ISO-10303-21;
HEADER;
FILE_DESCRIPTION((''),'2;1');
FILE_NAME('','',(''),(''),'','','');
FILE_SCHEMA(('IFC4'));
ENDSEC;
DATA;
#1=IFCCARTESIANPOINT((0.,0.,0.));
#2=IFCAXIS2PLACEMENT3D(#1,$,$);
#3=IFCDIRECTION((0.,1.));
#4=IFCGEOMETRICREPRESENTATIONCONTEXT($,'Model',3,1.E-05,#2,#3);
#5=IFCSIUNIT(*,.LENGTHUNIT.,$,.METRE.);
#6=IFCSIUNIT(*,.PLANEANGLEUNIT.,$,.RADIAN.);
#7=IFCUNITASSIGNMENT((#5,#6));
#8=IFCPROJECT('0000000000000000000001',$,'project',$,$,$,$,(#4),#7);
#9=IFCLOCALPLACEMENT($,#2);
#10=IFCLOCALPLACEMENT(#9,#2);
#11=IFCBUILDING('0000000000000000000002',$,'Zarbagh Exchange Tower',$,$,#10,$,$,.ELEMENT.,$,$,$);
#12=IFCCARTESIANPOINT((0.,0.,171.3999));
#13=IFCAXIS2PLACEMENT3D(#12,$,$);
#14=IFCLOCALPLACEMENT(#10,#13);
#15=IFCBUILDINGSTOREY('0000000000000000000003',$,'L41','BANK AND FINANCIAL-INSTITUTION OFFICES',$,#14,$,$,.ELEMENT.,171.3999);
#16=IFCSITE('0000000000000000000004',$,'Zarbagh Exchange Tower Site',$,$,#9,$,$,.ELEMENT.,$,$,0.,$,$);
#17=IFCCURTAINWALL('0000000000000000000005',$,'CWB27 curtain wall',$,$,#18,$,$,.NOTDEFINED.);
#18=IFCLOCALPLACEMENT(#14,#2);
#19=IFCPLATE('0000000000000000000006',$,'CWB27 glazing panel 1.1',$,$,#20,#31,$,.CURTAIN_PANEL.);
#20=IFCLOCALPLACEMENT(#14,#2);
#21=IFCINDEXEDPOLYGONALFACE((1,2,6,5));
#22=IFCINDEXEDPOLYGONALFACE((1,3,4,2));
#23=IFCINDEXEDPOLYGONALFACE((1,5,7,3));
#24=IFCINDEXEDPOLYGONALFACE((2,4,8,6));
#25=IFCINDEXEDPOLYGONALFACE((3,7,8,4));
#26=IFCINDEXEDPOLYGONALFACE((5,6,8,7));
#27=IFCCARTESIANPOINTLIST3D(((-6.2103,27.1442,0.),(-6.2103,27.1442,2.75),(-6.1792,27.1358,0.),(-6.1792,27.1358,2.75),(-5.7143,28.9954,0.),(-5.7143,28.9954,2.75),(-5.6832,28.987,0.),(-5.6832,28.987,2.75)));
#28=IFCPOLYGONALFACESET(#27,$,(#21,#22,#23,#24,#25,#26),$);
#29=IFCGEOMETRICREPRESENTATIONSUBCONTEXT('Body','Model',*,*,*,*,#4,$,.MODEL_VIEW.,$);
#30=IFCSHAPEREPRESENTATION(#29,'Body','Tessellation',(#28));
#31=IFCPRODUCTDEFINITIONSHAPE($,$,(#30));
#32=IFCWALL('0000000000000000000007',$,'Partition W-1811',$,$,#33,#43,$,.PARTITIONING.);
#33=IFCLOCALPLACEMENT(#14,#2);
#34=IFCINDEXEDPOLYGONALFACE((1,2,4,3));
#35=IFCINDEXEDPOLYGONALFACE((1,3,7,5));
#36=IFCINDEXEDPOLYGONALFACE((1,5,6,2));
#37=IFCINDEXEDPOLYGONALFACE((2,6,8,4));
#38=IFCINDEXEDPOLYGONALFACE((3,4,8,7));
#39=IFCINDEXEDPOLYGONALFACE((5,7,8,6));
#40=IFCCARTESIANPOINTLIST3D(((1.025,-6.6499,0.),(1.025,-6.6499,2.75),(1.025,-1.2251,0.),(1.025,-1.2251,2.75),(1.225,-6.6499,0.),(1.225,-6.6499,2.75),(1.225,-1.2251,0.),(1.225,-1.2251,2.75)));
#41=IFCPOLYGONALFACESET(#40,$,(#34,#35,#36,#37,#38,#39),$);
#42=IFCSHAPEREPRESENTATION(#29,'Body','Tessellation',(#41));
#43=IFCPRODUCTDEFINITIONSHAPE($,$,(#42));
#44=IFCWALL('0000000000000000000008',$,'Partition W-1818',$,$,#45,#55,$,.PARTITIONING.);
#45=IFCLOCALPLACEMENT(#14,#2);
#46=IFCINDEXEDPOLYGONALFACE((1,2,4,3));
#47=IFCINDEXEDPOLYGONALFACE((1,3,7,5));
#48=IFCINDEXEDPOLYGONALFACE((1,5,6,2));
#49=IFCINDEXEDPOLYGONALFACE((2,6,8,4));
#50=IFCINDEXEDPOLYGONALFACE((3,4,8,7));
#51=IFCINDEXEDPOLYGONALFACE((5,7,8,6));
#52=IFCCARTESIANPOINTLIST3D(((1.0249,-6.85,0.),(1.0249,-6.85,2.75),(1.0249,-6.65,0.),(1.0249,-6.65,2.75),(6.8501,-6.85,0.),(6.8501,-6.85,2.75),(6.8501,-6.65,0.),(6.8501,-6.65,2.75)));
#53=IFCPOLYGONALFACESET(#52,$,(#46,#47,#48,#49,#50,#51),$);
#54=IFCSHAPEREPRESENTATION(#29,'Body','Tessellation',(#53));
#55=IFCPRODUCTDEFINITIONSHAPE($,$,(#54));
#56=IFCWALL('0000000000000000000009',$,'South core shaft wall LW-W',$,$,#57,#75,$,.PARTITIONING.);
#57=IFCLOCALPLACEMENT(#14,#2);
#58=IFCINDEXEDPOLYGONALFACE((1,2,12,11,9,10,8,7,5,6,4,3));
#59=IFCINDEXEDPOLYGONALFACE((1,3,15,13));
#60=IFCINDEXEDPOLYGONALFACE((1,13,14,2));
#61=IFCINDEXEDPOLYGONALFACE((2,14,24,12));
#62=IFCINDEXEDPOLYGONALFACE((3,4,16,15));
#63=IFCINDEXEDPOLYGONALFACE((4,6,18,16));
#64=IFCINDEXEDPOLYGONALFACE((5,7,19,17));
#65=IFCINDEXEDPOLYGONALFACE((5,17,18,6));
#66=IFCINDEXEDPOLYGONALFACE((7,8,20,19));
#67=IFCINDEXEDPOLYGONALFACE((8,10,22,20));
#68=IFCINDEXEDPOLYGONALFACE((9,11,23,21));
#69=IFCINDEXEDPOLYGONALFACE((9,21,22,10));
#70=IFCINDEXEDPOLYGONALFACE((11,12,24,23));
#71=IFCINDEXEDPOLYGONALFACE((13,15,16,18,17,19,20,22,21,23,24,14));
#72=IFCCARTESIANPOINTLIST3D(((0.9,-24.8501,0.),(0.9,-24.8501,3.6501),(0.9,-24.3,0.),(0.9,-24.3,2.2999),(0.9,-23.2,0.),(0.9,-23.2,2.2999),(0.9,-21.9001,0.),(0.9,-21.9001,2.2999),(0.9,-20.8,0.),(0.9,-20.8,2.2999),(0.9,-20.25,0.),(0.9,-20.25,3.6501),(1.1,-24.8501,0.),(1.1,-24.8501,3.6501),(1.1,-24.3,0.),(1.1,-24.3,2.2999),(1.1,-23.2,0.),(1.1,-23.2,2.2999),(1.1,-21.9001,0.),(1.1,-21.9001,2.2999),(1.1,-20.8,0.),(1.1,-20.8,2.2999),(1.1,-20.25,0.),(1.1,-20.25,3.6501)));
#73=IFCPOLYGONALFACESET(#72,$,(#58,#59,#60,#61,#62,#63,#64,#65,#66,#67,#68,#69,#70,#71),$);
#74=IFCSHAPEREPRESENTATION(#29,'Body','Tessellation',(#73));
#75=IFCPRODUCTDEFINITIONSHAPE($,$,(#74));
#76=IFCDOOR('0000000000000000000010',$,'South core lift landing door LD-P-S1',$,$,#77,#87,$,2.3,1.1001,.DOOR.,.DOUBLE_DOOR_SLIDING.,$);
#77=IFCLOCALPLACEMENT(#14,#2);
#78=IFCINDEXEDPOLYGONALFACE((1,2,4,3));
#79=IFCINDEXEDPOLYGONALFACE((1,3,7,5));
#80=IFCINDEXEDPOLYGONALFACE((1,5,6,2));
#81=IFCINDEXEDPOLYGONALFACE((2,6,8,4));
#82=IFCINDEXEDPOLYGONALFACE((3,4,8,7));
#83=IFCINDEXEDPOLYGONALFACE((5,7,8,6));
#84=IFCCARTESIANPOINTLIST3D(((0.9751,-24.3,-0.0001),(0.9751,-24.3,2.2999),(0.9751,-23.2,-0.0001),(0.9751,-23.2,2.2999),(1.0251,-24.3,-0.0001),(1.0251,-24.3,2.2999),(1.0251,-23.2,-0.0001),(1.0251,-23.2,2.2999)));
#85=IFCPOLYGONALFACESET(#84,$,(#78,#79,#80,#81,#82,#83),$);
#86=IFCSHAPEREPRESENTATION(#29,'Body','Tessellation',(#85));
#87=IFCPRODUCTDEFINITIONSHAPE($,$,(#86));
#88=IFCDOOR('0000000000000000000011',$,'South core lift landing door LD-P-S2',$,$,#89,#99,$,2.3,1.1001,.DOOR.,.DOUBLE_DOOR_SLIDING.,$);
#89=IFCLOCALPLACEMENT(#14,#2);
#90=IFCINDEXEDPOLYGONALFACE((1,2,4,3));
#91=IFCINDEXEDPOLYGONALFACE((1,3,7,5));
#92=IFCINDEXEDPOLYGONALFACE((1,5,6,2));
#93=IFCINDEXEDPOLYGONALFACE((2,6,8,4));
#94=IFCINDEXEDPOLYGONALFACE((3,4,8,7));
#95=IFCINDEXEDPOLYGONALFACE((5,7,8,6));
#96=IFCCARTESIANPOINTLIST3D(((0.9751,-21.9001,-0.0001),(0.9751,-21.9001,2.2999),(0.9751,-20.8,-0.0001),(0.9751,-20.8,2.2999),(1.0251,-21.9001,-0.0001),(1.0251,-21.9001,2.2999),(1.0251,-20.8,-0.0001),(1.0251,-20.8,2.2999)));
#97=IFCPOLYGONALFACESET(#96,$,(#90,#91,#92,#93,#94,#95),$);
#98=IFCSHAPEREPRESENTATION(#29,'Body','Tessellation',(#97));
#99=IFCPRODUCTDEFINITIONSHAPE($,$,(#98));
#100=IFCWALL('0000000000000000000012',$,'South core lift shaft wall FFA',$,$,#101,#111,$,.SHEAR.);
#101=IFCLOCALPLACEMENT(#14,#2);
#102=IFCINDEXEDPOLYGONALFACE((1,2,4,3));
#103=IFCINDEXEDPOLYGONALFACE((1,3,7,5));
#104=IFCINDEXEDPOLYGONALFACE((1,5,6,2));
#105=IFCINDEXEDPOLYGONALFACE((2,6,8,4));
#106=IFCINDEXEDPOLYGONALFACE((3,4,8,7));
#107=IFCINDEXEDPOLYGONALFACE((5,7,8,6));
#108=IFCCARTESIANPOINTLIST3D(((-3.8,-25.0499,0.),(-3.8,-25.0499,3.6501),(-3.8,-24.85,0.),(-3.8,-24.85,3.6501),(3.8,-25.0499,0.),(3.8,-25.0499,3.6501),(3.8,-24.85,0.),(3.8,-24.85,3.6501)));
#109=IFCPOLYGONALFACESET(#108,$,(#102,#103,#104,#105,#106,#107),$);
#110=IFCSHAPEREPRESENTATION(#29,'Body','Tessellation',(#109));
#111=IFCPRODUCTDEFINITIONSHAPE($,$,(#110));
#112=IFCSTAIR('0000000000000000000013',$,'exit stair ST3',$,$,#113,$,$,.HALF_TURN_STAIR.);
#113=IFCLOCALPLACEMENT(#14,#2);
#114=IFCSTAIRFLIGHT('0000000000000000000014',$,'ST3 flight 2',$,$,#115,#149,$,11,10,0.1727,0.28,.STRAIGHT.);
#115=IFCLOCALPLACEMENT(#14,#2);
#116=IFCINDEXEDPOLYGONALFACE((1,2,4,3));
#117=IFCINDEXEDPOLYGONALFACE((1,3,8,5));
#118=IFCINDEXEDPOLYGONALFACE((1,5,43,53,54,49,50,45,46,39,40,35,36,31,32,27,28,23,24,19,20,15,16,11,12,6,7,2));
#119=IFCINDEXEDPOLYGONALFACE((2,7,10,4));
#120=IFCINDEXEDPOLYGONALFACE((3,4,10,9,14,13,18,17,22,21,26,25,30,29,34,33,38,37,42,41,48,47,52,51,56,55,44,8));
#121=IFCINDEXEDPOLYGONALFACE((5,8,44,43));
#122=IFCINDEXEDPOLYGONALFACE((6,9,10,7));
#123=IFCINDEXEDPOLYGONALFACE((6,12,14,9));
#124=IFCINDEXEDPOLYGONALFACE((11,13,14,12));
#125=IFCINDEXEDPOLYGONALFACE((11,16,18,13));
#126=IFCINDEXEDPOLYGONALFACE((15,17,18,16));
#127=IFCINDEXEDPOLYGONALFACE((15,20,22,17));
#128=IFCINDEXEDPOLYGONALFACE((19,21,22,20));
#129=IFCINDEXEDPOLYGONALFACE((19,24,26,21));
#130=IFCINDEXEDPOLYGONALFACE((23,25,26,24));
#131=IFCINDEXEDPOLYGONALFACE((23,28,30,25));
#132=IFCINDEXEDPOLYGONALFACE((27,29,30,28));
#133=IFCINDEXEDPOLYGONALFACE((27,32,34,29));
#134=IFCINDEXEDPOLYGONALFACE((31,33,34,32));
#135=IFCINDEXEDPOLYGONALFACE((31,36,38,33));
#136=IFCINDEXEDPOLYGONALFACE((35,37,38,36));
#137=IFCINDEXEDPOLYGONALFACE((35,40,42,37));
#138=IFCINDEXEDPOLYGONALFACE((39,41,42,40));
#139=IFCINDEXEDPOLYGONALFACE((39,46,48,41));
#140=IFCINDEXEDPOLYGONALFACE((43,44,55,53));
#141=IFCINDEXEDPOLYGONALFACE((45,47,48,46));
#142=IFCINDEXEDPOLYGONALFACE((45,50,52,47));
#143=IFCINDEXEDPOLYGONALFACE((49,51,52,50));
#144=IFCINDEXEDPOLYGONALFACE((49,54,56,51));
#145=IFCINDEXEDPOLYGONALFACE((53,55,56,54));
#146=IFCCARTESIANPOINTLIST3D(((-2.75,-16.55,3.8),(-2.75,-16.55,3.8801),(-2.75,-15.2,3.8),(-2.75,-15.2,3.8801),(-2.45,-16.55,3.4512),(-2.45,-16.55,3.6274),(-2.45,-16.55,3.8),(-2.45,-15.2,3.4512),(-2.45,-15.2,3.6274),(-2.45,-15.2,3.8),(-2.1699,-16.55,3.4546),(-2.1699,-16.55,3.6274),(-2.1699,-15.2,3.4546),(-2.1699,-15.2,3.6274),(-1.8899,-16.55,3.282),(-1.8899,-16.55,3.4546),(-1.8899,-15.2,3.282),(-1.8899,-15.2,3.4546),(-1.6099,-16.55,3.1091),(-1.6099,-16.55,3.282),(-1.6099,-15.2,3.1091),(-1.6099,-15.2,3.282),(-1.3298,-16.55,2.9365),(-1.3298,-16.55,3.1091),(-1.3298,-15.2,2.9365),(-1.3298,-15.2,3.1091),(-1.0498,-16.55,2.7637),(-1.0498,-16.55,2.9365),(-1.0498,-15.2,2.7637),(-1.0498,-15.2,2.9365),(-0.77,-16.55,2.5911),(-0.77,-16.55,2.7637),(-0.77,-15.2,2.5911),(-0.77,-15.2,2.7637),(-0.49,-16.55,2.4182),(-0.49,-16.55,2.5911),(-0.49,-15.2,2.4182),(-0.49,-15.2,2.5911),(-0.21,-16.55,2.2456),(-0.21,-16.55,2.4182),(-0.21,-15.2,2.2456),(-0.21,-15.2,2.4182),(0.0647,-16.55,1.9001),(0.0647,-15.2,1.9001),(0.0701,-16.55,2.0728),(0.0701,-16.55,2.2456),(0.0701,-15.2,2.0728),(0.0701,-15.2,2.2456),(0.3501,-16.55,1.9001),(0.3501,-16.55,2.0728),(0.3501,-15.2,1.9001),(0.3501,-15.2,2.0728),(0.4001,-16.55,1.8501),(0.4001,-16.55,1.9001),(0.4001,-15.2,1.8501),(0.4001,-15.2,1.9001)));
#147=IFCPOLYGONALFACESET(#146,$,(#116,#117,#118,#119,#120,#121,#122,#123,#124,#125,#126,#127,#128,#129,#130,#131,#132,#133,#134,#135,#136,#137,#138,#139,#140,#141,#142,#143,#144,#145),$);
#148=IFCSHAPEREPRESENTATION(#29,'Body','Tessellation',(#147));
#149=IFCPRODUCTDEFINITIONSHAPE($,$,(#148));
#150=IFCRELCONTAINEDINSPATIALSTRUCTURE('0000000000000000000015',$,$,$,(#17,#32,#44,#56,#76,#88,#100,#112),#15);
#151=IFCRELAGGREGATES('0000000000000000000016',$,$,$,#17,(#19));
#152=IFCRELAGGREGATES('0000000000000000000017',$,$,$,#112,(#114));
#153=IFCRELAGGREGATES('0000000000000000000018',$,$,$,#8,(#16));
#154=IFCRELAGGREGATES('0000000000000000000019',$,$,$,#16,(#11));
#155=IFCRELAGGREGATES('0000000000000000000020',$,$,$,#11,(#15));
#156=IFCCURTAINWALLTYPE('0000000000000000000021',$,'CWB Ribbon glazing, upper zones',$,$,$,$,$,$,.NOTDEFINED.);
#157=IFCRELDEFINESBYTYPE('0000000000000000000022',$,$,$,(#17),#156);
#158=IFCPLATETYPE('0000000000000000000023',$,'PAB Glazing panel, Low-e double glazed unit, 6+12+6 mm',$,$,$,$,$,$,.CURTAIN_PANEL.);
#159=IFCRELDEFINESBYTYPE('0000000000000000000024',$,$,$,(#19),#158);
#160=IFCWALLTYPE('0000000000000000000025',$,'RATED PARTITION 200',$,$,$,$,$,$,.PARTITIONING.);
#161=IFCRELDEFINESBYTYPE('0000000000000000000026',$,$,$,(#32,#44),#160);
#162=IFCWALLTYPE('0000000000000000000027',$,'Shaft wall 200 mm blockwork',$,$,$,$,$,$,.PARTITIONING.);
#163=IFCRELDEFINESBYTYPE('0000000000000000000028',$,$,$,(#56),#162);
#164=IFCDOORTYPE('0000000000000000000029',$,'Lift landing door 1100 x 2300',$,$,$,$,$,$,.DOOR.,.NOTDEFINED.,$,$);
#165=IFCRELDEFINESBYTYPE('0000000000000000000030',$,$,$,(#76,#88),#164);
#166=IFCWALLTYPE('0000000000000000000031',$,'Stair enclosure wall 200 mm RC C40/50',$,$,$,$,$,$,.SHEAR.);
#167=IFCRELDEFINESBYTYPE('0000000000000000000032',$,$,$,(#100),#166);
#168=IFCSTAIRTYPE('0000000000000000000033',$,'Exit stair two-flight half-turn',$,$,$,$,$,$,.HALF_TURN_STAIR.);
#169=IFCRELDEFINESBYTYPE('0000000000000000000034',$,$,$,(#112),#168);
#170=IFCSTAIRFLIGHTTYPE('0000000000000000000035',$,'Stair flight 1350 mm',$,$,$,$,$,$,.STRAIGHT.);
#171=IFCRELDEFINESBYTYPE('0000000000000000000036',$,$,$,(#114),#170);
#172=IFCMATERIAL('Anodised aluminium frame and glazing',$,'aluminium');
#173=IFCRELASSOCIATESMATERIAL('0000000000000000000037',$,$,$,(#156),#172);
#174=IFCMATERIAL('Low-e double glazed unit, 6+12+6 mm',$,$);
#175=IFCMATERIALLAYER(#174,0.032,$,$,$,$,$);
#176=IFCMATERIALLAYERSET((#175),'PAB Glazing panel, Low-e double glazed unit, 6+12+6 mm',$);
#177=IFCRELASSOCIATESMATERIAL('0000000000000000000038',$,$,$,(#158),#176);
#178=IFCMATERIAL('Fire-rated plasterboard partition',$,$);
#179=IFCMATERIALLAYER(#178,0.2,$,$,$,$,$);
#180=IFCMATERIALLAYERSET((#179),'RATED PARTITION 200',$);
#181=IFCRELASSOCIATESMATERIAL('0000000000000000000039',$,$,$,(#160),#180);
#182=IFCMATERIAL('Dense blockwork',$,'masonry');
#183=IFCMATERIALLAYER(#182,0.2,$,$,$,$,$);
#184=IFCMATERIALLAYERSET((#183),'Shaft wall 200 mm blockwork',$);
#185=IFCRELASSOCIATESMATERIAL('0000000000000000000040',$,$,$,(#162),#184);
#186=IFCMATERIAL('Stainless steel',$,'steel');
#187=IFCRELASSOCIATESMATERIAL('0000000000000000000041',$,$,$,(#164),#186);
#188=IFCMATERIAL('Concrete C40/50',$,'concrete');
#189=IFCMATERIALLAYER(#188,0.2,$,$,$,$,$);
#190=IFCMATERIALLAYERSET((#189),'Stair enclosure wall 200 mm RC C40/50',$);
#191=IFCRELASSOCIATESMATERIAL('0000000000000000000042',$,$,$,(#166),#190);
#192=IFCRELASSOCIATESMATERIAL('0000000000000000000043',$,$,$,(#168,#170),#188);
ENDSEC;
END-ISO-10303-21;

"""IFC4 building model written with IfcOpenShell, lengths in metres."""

from ifc_helpers import new_model, si_unit, direction, frame, frame_2d, origin, place, context, subcontext, project, spatial, polyline, rectangle, outline, extrude, source, transform, mapped, material, layer, layer_set, type_object, element, fill, aggregate, save


model = new_model("IFC4")

# Units and contexts
model_context = context("Model", 3, precision=1e-05, world=origin(), true_north=direction((0.0, 1.0)))
body_context = subcontext(model_context, "Body", "Model", "MODEL_VIEW")
ifc_project = project(units=[si_unit("LENGTHUNIT", "METRE"), si_unit("PLANEANGLEUNIT", "RADIAN")], contexts=[model_context])

# Site, building, storey
site_placement = place(None, origin())
site = spatial("IfcSite", under=ifc_project, at=site_placement, Name="Zarbagh Exchange Tower Site", CompositionType="ELEMENT", RefElevation=0.0)
building_placement = place(site_placement, origin())
building = spatial("IfcBuilding", under=site, at=building_placement, Name="Zarbagh Exchange Tower", CompositionType="ELEMENT")
storey_placement = place(building_placement, frame((0.0, 0.0, 171.3999)))
storey = spatial("IfcBuildingStorey", under=building, at=storey_placement, Name="L41", Description="BANK AND FINANCIAL-INSTITUTION OFFICES", CompositionType="ELEMENT", Elevation=171.3999)

# Shared definitions
ifc_material_1 = material(Name="Anodised aluminium frame and glazing", Category="aluminium")
curtain_wall_type = type_object("IfcCurtainWallType", Name="CWB Ribbon glazing, upper zones", PredefinedType="NOTDEFINED", material=ifc_material_1)
placement = place(storey_placement, origin())

# Shared definitions
ifc_material_2 = material(Name="Low-e double glazed unit, 6+12+6 mm")
ifc_layer_1 = layer(ifc_material_2, 0.032)
ifc_layer_set_1 = layer_set([ifc_layer_1], Name="PAB Glazing panel, Low-e double glazed unit, 6+12+6 mm")
plate_type = type_object("IfcPlateType", Name="PAB Glazing panel, Low-e double glazed unit, 6+12+6 mm", PredefinedType="CURTAIN_PANEL", material=ifc_layer_set_1)

# Curtain wall, plate
curtain_wall_1_placement = place(storey_placement, origin())
curtain_wall_1 = element("IfcCurtainWall", 1, at=curtain_wall_1_placement, inside=storey, type_object=curtain_wall_type, Name="CWB27 curtain wall", PredefinedType="NOTDEFINED")
shared_shape_1 = source(origin(), body_context, "Body", "SweptSolid", [
    extrude(outline(polyline([(0.0, -0.0161), (1.9165, -0.0161), (1.9165, 0.0161), (0.0, 0.0161), (0.0, -0.0161)])), origin(), (0.0, 0.0, 1.0), 2.75),
])
plate_1 = element("IfcPlate", 2, at=placement, type_object=plate_type, Name="CWB27 glazing panel 1.1", PredefinedType="CURTAIN_PANEL", context=body_context, shape_type="MappedRepresentation", body=[
    mapped(shared_shape_1, transform((-5.6987, 28.9912, 0.0), x_axis=(-0.258825, -0.965924, 0.0), y_axis=(0.965924, -0.258825, 0.0), z_axis=(0.0, 0.0, 1.0))),
])
aggregate(curtain_wall_1, [plate_1])

# Walls
ifc_material_3 = material(Name="Fire-rated plasterboard partition")
ifc_layer_2 = layer(ifc_material_3, 0.2)
ifc_layer_set_2 = layer_set([ifc_layer_2], Name="RATED PARTITION 200")
wall_type_1 = type_object("IfcWallType", Name="RATED PARTITION 200", PredefinedType="PARTITIONING", material=ifc_layer_set_2)
wall_1_placement = place(storey_placement, frame((1.125, -6.6499, 0.0), z_axis=(0.0, 0.0, 1.0), x_axis=(0.0, 1.0, 0.0)))
element("IfcWall", 3, at=wall_1_placement, inside=storey, type_object=wall_type_1, Name="Partition W-1811", PredefinedType="PARTITIONING", context=body_context, shape_type="SweptSolid", body=[
    extrude(rectangle(XDim=5.4248, YDim=0.2, at=frame_2d((2.7124, 0.0))), origin(), (0.0, 0.0, 1.0), 2.75),
])
wall_2_placement = place(storey_placement, frame((1.0249, -6.75, 0.0), z_axis=(0.0, 0.0, 1.0), x_axis=(1.0, 0.0, 0.0)))
element("IfcWall", 4, at=wall_2_placement, inside=storey, type_object=wall_type_1, Name="Partition W-1818", PredefinedType="PARTITIONING", context=body_context, shape_type="SweptSolid", body=[
    extrude(rectangle(XDim=5.8252, YDim=0.2, at=frame_2d((2.9126, 0.0))), origin(), (0.0, 0.0, 1.0), 2.75),
])

# Wall, openings, doors
ifc_material_4 = material(Name="Dense blockwork", Category="masonry")
ifc_layer_3 = layer(ifc_material_4, 0.2)
ifc_layer_set_3 = layer_set([ifc_layer_3], Name="Shaft wall 200 mm blockwork")
wall_type_2 = type_object("IfcWallType", Name="Shaft wall 200 mm blockwork", PredefinedType="PARTITIONING", material=ifc_layer_set_3)
wall_3_placement = place(storey_placement, frame((1.0, -24.8501, 0.0), z_axis=(0.0, 0.0, 1.0), x_axis=(0.0, 1.0, 0.0)))
wall_3 = element("IfcWall", 5, at=wall_3_placement, inside=storey, type_object=wall_type_2, Name="South core shaft wall LW-W", PredefinedType="PARTITIONING", context=body_context, shape_type="SweptSolid", body=[
    extrude(rectangle(XDim=4.6001, YDim=0.2, at=frame_2d((2.3, 0.0))), origin(), (0.0, 0.0, 1.0), 3.6501),
])
opening_1_placement = place(wall_3_placement, frame((0.55, 0.0, 0.0)))
opening_1 = element("IfcOpeningElement", 6, at=opening_1_placement, cuts=wall_3, PredefinedType="OPENING", context=body_context, shape_type="SweptSolid", body=[
    extrude(rectangle(XDim=1.1001, YDim=2.3, at=frame_2d((0.55, 1.1499))), frame((0.0, 0.1099, 0.0), z_axis=(0.0, -1.0, 0.0), x_axis=(1.0, 0.0, 0.0)), (0.0, 0.0, 1.0), 0.22),
])
opening_2_placement = place(wall_3_placement, frame((2.95, 0.0, 0.0)))
opening_2 = element("IfcOpeningElement", 7, at=opening_2_placement, cuts=wall_3, PredefinedType="OPENING", context=body_context, shape_type="SweptSolid", body=[
    extrude(rectangle(XDim=1.1001, YDim=2.3, at=frame_2d((0.55, 1.1499))), frame((0.0, 0.1099, 0.0), z_axis=(0.0, -1.0, 0.0), x_axis=(1.0, 0.0, 0.0)), (0.0, 0.0, 1.0), 0.22),
])
ifc_material_5 = material(Name="Stainless steel", Category="steel")
door_type = type_object("IfcDoorType", Name="Lift landing door 1100 x 2300", OperationType="NOTDEFINED", PredefinedType="DOOR", material=ifc_material_5)
door_1_placement = place(opening_1_placement, origin())
door_1 = element("IfcDoor", 8, at=door_1_placement, inside=storey, type_object=door_type, Name="South core lift landing door LD-P-S1", OperationType="DOUBLE_DOOR_SLIDING", OverallHeight=2.3, OverallWidth=1.1001, PredefinedType="DOOR", context=body_context, shape_type="SweptSolid", body=[
    extrude(rectangle(XDim=1.1001, YDim=2.3, at=frame_2d((0.55, 1.1499))), frame((0.0, 0.0249, 0.0), z_axis=(0.0, -1.0, 0.0), x_axis=(1.0, 0.0, 0.0)), (0.0, 0.0, 1.0), 0.05),
])
fill(opening_1, door_1)
door_2_placement = place(opening_2_placement, origin())
door_2 = element("IfcDoor", 9, at=door_2_placement, inside=storey, type_object=door_type, Name="South core lift landing door LD-P-S2", OperationType="DOUBLE_DOOR_SLIDING", OverallHeight=2.3, OverallWidth=1.1001, PredefinedType="DOOR", context=body_context, shape_type="SweptSolid", body=[
    extrude(rectangle(XDim=1.1001, YDim=2.3, at=frame_2d((0.55, 1.1499))), frame((0.0, 0.0249, 0.0), z_axis=(0.0, -1.0, 0.0), x_axis=(1.0, 0.0, 0.0)), (0.0, 0.0, 1.0), 0.05),
])
fill(opening_2, door_2)

# Wall
ifc_material_6 = material(Name="Concrete C40/50", Category="concrete")
ifc_layer_4 = layer(ifc_material_6, 0.2)
ifc_layer_set_4 = layer_set([ifc_layer_4], Name="Stair enclosure wall 200 mm RC C40/50")
wall_type_3 = type_object("IfcWallType", Name="Stair enclosure wall 200 mm RC C40/50", PredefinedType="SHEAR", material=ifc_layer_set_4)
wall_4_placement = place(storey_placement, frame((3.8, -24.95, 0.0), z_axis=(0.0, 0.0, 1.0), x_axis=(-1.0, 0.0, 0.0)))
element("IfcWall", 10, at=wall_4_placement, inside=storey, type_object=wall_type_3, Name="South core lift shaft wall FFA", PredefinedType="SHEAR", context=body_context, shape_type="SweptSolid", body=[
    extrude(rectangle(XDim=7.6001, YDim=0.2, at=frame_2d((3.8, 0.0))), origin(), (0.0, 0.0, 1.0), 3.6501),
])

# Stair, stair flight
stair_type = type_object("IfcStairType", Name="Exit stair two-flight half-turn", PredefinedType="HALF_TURN_STAIR", material=ifc_material_6)
stair_1_placement = place(storey_placement, origin())
stair_1 = element("IfcStair", 11, at=stair_1_placement, inside=storey, type_object=stair_type, Name="exit stair ST3", PredefinedType="HALF_TURN_STAIR")
stair_flight_type_1 = type_object("IfcStairFlightType", Name="Stair flight 1350 mm", PredefinedType="STRAIGHT", material=ifc_material_6)
stair_flight_1_placement = place(storey_placement, frame((0.3501, -15.875, 1.9001), z_axis=(0.0, 0.0, 1.0), x_axis=(-1.0, 0.0, 0.0)))
stair_flight_1 = element("IfcStairFlight", 12, at=stair_flight_1_placement, type_object=stair_flight_type_1, Name="ST3 flight 2", NumberOfRisers=11, NumberOfTreads=10, PredefinedType="STRAIGHT", RiserHeight=0.1727, TreadLength=0.28, context=body_context, shape_type="SweptSolid", body=[
    extrude(outline(polyline([(-0.05, -0.05), (-0.05, 0.0), (0.0, 0.0), (0.0, 0.1726), (0.28, 0.1726), (0.28, 0.3455), (0.5601, 0.3455), (0.5601, 0.5181), (0.8401, 0.5181), (0.8401, 0.6909), (1.1201, 0.6909), (1.1201, 0.8635), (1.3999, 0.8635), (1.3999, 1.0364), (1.6799, 1.0364), (1.6799, 1.209), (1.96, 1.209), (1.96, 1.3818), (2.24, 1.3818), (2.24, 1.5544), (2.52, 1.5544), (2.52, 1.7273), (2.8, 1.7273), (2.8, 1.8999), (3.1001, 1.98), (3.1001, 1.8999), (2.8, 1.551), (0.2854, 0.0), (-0.05, -0.05)])), frame((0.0, 0.675, 0.0), z_axis=(0.0, -1.0, 0.0), x_axis=(1.0, 0.0, 0.0)), (0.0, 0.0, 1.0), 1.3501),
])
aggregate(stair_1, [stair_flight_1])

save(model, "model.ifc")
